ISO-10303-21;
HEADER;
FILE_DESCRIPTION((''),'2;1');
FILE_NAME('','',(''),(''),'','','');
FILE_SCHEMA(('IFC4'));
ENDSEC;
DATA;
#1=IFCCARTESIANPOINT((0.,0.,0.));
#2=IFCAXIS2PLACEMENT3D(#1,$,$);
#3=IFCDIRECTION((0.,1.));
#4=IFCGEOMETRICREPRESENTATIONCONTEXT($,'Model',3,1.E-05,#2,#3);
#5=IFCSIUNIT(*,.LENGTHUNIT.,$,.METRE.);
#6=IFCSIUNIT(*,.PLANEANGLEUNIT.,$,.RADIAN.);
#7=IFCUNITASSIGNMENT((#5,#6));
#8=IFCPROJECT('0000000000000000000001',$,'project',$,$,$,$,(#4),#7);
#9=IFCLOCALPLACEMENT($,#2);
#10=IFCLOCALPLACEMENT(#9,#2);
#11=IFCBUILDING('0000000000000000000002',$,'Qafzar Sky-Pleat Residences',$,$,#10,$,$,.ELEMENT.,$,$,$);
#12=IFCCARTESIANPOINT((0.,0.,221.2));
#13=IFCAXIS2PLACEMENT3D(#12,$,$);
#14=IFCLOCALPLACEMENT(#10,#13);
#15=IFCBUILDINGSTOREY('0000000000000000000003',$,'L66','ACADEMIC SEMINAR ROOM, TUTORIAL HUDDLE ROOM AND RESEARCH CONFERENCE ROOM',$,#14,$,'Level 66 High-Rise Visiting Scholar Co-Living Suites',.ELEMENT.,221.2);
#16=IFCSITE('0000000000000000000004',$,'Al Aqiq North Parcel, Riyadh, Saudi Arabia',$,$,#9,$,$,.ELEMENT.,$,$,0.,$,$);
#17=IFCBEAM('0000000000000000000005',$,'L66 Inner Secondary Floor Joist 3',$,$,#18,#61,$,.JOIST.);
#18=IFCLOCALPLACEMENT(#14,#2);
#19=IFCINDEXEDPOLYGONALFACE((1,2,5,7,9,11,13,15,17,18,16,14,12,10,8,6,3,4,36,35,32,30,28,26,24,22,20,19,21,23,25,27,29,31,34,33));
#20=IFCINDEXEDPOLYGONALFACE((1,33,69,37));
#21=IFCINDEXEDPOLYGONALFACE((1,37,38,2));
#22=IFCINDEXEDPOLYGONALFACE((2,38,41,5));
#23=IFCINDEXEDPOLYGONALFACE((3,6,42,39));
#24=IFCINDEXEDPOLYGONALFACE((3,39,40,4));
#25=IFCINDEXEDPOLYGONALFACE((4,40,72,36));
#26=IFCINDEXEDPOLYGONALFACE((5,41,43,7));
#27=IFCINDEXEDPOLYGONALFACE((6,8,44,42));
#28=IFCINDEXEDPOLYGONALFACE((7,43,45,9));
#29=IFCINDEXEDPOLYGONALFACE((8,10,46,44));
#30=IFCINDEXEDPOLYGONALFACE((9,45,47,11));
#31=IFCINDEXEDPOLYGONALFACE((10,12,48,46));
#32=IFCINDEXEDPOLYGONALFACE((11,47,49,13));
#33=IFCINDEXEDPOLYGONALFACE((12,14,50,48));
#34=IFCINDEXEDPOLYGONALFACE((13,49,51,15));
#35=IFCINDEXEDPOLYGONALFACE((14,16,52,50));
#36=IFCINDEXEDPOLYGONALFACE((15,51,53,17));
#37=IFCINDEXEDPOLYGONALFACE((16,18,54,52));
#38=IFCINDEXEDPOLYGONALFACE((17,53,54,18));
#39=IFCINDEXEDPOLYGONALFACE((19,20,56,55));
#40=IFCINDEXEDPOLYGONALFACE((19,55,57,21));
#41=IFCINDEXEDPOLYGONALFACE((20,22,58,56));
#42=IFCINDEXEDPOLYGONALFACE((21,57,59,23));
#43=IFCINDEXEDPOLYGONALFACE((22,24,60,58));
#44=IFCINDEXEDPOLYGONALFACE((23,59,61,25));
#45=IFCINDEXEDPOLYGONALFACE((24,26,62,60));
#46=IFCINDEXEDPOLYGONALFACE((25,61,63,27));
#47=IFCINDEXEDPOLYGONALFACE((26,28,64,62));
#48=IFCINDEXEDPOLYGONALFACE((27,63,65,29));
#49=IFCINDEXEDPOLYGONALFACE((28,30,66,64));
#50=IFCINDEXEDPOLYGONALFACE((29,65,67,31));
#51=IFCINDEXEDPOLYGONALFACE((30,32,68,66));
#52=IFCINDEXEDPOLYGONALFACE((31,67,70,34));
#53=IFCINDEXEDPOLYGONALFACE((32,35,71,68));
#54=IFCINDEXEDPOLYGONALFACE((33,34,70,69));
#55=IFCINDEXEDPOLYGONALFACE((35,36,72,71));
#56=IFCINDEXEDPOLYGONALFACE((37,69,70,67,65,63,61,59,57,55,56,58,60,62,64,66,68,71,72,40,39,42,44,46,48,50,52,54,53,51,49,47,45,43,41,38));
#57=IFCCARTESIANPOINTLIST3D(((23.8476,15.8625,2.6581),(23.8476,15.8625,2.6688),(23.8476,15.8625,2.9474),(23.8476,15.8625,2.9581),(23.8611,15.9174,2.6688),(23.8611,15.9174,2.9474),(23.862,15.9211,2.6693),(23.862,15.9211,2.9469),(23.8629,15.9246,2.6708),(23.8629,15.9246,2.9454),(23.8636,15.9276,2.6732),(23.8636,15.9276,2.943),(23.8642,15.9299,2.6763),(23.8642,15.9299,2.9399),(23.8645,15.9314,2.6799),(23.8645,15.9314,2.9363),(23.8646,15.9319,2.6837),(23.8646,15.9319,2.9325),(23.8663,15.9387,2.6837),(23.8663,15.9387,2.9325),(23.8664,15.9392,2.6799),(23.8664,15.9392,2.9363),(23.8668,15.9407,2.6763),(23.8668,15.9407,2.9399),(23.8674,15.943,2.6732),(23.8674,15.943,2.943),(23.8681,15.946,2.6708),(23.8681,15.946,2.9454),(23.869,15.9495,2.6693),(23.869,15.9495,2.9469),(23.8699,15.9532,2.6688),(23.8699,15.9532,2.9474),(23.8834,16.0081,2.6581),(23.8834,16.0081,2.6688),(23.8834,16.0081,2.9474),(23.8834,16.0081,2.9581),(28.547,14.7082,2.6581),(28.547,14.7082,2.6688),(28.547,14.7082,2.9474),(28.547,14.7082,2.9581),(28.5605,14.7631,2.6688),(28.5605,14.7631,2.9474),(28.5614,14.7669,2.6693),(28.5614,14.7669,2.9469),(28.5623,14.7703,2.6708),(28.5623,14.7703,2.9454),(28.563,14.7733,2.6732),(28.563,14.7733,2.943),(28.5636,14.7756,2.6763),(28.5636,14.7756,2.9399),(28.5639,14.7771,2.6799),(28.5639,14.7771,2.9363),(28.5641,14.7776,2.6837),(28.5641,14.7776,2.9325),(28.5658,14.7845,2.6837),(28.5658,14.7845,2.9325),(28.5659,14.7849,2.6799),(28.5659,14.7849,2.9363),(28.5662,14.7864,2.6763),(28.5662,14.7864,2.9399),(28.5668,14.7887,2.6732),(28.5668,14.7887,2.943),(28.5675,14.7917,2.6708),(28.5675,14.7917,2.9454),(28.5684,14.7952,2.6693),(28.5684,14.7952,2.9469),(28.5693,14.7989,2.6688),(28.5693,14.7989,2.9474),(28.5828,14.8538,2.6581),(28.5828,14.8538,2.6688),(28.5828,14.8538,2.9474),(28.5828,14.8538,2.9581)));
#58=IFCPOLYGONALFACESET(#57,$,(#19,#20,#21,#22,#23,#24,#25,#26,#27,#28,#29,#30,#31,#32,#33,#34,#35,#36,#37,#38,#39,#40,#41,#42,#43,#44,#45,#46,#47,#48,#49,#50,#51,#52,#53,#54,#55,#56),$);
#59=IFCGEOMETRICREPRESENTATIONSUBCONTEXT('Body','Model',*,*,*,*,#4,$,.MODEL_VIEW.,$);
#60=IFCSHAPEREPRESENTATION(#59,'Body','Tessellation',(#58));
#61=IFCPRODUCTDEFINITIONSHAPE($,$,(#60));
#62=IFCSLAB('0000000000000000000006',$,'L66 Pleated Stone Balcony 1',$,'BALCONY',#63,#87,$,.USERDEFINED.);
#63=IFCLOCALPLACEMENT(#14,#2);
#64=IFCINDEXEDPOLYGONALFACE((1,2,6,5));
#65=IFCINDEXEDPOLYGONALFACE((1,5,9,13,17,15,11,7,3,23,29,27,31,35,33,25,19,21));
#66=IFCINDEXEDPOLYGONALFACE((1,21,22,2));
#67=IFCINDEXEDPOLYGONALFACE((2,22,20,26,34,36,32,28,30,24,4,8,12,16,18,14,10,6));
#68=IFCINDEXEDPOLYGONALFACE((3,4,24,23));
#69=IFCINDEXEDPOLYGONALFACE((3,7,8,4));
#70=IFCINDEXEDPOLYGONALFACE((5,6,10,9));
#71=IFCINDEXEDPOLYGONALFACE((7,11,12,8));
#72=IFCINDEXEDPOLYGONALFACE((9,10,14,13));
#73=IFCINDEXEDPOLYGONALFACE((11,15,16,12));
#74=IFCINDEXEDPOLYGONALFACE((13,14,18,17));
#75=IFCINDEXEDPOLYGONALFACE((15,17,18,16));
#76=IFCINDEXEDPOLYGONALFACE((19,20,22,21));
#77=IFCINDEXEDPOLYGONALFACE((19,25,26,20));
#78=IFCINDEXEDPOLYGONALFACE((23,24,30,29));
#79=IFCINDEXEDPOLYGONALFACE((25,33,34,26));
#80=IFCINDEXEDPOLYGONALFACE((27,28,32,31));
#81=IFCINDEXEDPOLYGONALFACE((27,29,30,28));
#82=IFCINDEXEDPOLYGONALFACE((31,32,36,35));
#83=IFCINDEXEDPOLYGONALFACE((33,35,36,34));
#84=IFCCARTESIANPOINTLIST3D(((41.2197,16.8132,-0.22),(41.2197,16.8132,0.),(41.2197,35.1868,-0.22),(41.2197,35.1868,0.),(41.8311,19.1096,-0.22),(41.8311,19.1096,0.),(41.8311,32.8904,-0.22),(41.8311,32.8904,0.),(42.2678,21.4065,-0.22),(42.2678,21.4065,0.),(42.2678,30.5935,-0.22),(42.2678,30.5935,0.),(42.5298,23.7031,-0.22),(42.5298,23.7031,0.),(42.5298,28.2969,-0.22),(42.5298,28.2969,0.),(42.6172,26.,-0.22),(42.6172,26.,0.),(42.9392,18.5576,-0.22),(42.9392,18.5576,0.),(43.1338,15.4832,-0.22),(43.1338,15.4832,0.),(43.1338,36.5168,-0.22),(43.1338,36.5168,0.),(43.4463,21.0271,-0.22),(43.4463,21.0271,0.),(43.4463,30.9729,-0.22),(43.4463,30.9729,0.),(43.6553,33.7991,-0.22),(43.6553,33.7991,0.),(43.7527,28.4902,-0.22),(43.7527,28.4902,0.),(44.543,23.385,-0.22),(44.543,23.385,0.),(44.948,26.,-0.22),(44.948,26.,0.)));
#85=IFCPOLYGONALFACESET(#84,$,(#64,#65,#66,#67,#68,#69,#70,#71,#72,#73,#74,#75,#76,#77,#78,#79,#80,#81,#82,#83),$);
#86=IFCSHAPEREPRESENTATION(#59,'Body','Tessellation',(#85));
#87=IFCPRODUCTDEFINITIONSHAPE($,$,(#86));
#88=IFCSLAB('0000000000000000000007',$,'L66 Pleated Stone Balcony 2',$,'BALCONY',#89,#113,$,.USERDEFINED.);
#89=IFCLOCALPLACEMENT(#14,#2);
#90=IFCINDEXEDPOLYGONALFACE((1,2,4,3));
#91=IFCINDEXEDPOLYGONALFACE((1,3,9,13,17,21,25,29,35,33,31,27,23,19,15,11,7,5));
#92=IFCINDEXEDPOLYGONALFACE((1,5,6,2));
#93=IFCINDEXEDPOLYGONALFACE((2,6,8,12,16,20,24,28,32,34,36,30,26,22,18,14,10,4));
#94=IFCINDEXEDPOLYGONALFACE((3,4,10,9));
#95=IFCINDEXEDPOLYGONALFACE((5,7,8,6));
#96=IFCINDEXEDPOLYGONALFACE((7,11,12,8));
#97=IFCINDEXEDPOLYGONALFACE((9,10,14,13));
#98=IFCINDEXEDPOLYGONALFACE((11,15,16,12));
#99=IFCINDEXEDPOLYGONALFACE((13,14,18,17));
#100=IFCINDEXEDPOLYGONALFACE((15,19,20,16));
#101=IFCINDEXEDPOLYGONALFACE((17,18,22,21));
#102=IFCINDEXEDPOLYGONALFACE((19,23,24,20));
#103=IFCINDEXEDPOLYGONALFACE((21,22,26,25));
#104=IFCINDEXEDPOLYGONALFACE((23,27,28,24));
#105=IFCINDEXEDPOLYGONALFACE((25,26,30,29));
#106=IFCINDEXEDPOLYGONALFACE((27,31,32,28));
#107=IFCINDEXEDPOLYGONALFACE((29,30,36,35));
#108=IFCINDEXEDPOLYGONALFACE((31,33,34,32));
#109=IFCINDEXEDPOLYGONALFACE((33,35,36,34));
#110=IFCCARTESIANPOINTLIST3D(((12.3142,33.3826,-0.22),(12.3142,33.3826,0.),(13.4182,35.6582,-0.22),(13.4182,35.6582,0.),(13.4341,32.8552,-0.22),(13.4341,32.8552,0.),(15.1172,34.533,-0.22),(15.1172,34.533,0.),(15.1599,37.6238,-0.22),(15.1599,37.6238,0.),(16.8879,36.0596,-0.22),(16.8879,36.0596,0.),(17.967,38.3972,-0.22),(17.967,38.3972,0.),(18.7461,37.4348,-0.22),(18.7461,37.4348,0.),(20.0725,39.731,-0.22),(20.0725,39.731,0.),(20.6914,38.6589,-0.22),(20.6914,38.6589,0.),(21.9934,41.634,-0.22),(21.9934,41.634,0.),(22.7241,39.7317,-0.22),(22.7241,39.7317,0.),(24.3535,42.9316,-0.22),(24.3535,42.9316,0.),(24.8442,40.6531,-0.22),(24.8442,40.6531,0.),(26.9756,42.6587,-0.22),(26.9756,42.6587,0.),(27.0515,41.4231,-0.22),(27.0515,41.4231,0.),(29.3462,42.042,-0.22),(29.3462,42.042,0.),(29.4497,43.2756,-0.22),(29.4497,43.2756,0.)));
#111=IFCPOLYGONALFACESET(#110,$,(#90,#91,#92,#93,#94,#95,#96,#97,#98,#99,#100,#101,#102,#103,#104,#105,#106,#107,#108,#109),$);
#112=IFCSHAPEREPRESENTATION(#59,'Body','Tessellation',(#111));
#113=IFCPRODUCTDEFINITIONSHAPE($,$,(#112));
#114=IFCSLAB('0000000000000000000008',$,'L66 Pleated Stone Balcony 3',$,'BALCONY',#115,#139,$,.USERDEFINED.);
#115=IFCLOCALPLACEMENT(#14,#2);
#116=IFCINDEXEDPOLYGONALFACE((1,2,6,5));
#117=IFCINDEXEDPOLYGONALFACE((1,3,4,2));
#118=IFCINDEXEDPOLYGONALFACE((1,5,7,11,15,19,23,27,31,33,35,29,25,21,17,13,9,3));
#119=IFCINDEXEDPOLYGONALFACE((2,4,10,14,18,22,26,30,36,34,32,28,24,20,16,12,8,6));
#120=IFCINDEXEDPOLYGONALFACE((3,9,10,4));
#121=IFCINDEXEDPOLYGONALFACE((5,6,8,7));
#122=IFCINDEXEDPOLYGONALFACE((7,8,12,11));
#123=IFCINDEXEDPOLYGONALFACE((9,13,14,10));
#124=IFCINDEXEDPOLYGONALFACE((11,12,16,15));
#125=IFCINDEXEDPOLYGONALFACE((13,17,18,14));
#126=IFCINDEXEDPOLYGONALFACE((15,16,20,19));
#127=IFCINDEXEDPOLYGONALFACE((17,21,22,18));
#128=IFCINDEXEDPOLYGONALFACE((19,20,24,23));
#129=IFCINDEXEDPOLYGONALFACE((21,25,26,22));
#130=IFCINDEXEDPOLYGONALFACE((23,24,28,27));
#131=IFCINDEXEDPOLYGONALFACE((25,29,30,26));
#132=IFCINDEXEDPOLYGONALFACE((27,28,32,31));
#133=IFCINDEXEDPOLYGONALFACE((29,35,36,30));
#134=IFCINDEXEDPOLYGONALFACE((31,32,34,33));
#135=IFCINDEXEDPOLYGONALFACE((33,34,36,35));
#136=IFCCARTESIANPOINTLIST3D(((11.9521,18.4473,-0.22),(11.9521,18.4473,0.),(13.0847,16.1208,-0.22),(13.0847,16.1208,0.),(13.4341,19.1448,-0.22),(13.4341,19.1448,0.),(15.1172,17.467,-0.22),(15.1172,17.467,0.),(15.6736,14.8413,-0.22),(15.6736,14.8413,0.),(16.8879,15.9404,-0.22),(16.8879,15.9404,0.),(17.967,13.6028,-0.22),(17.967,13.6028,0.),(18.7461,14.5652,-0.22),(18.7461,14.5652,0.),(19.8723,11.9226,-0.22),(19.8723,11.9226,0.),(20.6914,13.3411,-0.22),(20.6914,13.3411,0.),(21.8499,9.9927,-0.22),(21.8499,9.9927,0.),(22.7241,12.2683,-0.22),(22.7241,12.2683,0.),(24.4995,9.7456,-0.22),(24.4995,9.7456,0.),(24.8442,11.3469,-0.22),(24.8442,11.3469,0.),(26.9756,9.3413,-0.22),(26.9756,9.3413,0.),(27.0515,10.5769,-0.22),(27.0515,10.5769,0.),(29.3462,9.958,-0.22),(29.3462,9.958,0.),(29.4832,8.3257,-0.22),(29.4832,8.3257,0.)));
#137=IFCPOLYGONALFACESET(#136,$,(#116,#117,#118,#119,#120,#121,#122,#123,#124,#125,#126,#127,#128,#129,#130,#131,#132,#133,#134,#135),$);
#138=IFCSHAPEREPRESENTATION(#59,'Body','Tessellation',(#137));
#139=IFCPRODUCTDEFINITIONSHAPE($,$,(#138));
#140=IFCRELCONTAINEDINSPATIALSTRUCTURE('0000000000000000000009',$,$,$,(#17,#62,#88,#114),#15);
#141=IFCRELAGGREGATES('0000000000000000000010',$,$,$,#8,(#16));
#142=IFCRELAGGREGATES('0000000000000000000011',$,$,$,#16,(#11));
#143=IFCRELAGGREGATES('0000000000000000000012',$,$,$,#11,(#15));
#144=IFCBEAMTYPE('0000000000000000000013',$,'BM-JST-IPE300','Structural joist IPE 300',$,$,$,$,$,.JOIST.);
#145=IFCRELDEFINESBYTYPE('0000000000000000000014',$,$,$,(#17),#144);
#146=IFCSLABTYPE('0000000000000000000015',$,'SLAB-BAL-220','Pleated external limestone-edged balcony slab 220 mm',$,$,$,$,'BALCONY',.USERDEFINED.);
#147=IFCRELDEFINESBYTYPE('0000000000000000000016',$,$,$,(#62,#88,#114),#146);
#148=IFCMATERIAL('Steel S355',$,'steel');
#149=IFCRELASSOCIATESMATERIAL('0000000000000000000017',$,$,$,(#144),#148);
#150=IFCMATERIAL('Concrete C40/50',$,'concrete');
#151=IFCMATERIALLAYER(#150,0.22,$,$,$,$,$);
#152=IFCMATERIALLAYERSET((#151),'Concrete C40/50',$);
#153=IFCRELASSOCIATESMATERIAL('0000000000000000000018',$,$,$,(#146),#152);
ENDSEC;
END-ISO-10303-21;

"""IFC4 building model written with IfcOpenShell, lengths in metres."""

from ifc_helpers import new_model, si_unit, direction, frame, origin, origin_2d, place, context, subcontext, project, spatial, polyline, i_section, outline, extrude, source, transform, mapped, material, layer, layer_set, material_profile, profile_set, type_object, element, save


model = new_model("IFC4")

# Units and contexts
model_context = context("Model", 3, precision=1e-05, world=origin(), true_north=direction((0.0, 1.0)))
body_context = subcontext(model_context, "Body", "Model", "MODEL_VIEW")
ifc_project = project(units=[si_unit("LENGTHUNIT", "METRE"), si_unit("PLANEANGLEUNIT", "RADIAN")], contexts=[model_context])

# Site, building, storey
site_placement = place(None, origin())
site = spatial("IfcSite", under=ifc_project, at=site_placement, Name="Al Aqiq North Parcel, Riyadh, Saudi Arabia", CompositionType="ELEMENT", RefElevation=0.0)
building_placement = place(site_placement, origin())
building = spatial("IfcBuilding", under=site, at=building_placement, Name="Qafzar Sky-Pleat Residences", CompositionType="ELEMENT")
storey_placement = place(building_placement, frame((0.0, 0.0, 221.2)))
storey = spatial("IfcBuildingStorey", under=building, at=storey_placement, Name="L66", Description="ACADEMIC SEMINAR ROOM, TUTORIAL HUDDLE ROOM AND RESEARCH CONFERENCE ROOM", LongName="Level 66 High-Rise Visiting Scholar Co-Living Suites", CompositionType="ELEMENT", Elevation=221.2)

# Shared definitions
ifc_material_1 = material(Name="Steel S355", Category="steel")

# Beam
ifc_material_profile_1 = material_profile(ifc_material_1, i_section(OverallWidth=0.1499, OverallDepth=0.3, WebThickness=0.0071, FlangeThickness=0.0107, FilletRadius=0.0149, at=origin_2d()), Name="IPE 300")
ifc_profile_set_1 = profile_set([ifc_material_profile_1], Name="Steel S355")
beam_type_1 = type_object("IfcBeamType", Name="BM-JST-IPE300", Description="Structural joist IPE 300", PredefinedType="JOIST", material=ifc_profile_set_1)
shared_shape_1 = source(origin(), body_context, "Body", "SweptSolid", [
    extrude(i_section(OverallWidth=0.1499, OverallDepth=0.3, WebThickness=0.0071, FlangeThickness=0.0107, FilletRadius=0.0149, at=origin_2d()), origin(), (0.0, 0.0, 1.0), 4.8391),
])
beam_1_placement = place(storey_placement, frame((23.8655, 15.9353, 2.8081), z_axis=(0.971134, -0.238533, 0.0), x_axis=(0.238533, 0.971134, 0.0)))
element("IfcBeam", 1, at=beam_1_placement, inside=storey, type_object=beam_type_1, Name="L66 Inner Secondary Floor Joist 3", PredefinedType="JOIST", context=body_context, shape_type="MappedRepresentation", body=[
    mapped(shared_shape_1, transform((0.0, 0.0, 0.0), x_axis=(1.0, 0.0, 0.0), y_axis=(0.0, 1.0, 0.0), z_axis=(0.0, 0.0, 1.0), scale=1.0)),
])

# Slabs
ifc_material_2 = material(Name="Concrete C40/50", Category="concrete")
ifc_layer_1 = layer(ifc_material_2, 0.22)
ifc_layer_set_1 = layer_set([ifc_layer_1], Name="Concrete C40/50")
slab_type_1 = type_object("IfcSlabType", Name="SLAB-BAL-220", Description="Pleated external limestone-edged balcony slab 220 mm", ElementType="BALCONY", PredefinedType="USERDEFINED", material=ifc_layer_set_1)
slab_1_placement = place(storey_placement, frame((0.0, 0.0, -0.22)))
element("IfcSlab", 2, at=slab_1_placement, inside=storey, type_object=slab_type_1, Name="L66 Pleated Stone Balcony 1", ObjectType="BALCONY", PredefinedType="USERDEFINED", context=body_context, shape_type="SweptSolid", body=[
    extrude(outline(polyline([(41.8311, 19.1096), (42.2678, 21.4065), (42.5298, 23.7031), (42.6172, 26.0), (42.5298, 28.2969), (42.2678, 30.5935), (41.8311, 32.8904), (41.2197, 35.1868), (43.1338, 36.5168), (43.6553, 33.7991), (43.4463, 30.9729), (43.7527, 28.4902), (44.948, 26.0), (44.543, 23.385), (43.4463, 21.0271), (42.9392, 18.5576), (43.1338, 15.4832), (41.2197, 16.8132), (41.8311, 19.1096)])), origin(), (0.0, 0.0, 1.0), 0.22),
])
slab_2_placement = place(storey_placement, frame((0.0, 0.0, -0.22)))
element("IfcSlab", 3, at=slab_2_placement, inside=storey, type_object=slab_type_1, Name="L66 Pleated Stone Balcony 2", ObjectType="BALCONY", PredefinedType="USERDEFINED", context=body_context, shape_type="SweptSolid", body=[
    extrude(outline(polyline([(27.0515, 41.4231), (24.8442, 40.6531), (22.7241, 39.7317), (20.6914, 38.6589), (18.7461, 37.4348), (16.8879, 36.0596), (15.1172, 34.533), (13.4341, 32.8552), (12.3142, 33.3826), (13.4182, 35.6582), (15.1599, 37.6238), (17.967, 38.3972), (20.0725, 39.731), (21.9934, 41.634), (24.3535, 42.9316), (26.9756, 42.6587), (29.4497, 43.2756), (29.3462, 42.042), (27.0515, 41.4231)])), origin(), (0.0, 0.0, 1.0), 0.22),
])
slab_3_placement = place(storey_placement, frame((0.0, 0.0, -0.22)))
element("IfcSlab", 4, at=slab_3_placement, inside=storey, type_object=slab_type_1, Name="L66 Pleated Stone Balcony 3", ObjectType="BALCONY", PredefinedType="USERDEFINED", context=body_context, shape_type="SweptSolid", body=[
    extrude(outline(polyline([(15.1172, 17.467), (16.8879, 15.9404), (18.7461, 14.5652), (20.6914, 13.3411), (22.7241, 12.2683), (24.8442, 11.3469), (27.0515, 10.5769), (29.3462, 9.958), (29.4832, 8.3257), (26.9756, 9.3413), (24.4995, 9.7456), (21.8499, 9.9927), (19.8723, 11.9226), (17.967, 13.6028), (15.6736, 14.8413), (13.0847, 16.1208), (11.9521, 18.4473), (13.4341, 19.1448), (15.1172, 17.467)])), origin(), (0.0, 0.0, 1.0), 0.22),
])

save(model, "model.ifc")
